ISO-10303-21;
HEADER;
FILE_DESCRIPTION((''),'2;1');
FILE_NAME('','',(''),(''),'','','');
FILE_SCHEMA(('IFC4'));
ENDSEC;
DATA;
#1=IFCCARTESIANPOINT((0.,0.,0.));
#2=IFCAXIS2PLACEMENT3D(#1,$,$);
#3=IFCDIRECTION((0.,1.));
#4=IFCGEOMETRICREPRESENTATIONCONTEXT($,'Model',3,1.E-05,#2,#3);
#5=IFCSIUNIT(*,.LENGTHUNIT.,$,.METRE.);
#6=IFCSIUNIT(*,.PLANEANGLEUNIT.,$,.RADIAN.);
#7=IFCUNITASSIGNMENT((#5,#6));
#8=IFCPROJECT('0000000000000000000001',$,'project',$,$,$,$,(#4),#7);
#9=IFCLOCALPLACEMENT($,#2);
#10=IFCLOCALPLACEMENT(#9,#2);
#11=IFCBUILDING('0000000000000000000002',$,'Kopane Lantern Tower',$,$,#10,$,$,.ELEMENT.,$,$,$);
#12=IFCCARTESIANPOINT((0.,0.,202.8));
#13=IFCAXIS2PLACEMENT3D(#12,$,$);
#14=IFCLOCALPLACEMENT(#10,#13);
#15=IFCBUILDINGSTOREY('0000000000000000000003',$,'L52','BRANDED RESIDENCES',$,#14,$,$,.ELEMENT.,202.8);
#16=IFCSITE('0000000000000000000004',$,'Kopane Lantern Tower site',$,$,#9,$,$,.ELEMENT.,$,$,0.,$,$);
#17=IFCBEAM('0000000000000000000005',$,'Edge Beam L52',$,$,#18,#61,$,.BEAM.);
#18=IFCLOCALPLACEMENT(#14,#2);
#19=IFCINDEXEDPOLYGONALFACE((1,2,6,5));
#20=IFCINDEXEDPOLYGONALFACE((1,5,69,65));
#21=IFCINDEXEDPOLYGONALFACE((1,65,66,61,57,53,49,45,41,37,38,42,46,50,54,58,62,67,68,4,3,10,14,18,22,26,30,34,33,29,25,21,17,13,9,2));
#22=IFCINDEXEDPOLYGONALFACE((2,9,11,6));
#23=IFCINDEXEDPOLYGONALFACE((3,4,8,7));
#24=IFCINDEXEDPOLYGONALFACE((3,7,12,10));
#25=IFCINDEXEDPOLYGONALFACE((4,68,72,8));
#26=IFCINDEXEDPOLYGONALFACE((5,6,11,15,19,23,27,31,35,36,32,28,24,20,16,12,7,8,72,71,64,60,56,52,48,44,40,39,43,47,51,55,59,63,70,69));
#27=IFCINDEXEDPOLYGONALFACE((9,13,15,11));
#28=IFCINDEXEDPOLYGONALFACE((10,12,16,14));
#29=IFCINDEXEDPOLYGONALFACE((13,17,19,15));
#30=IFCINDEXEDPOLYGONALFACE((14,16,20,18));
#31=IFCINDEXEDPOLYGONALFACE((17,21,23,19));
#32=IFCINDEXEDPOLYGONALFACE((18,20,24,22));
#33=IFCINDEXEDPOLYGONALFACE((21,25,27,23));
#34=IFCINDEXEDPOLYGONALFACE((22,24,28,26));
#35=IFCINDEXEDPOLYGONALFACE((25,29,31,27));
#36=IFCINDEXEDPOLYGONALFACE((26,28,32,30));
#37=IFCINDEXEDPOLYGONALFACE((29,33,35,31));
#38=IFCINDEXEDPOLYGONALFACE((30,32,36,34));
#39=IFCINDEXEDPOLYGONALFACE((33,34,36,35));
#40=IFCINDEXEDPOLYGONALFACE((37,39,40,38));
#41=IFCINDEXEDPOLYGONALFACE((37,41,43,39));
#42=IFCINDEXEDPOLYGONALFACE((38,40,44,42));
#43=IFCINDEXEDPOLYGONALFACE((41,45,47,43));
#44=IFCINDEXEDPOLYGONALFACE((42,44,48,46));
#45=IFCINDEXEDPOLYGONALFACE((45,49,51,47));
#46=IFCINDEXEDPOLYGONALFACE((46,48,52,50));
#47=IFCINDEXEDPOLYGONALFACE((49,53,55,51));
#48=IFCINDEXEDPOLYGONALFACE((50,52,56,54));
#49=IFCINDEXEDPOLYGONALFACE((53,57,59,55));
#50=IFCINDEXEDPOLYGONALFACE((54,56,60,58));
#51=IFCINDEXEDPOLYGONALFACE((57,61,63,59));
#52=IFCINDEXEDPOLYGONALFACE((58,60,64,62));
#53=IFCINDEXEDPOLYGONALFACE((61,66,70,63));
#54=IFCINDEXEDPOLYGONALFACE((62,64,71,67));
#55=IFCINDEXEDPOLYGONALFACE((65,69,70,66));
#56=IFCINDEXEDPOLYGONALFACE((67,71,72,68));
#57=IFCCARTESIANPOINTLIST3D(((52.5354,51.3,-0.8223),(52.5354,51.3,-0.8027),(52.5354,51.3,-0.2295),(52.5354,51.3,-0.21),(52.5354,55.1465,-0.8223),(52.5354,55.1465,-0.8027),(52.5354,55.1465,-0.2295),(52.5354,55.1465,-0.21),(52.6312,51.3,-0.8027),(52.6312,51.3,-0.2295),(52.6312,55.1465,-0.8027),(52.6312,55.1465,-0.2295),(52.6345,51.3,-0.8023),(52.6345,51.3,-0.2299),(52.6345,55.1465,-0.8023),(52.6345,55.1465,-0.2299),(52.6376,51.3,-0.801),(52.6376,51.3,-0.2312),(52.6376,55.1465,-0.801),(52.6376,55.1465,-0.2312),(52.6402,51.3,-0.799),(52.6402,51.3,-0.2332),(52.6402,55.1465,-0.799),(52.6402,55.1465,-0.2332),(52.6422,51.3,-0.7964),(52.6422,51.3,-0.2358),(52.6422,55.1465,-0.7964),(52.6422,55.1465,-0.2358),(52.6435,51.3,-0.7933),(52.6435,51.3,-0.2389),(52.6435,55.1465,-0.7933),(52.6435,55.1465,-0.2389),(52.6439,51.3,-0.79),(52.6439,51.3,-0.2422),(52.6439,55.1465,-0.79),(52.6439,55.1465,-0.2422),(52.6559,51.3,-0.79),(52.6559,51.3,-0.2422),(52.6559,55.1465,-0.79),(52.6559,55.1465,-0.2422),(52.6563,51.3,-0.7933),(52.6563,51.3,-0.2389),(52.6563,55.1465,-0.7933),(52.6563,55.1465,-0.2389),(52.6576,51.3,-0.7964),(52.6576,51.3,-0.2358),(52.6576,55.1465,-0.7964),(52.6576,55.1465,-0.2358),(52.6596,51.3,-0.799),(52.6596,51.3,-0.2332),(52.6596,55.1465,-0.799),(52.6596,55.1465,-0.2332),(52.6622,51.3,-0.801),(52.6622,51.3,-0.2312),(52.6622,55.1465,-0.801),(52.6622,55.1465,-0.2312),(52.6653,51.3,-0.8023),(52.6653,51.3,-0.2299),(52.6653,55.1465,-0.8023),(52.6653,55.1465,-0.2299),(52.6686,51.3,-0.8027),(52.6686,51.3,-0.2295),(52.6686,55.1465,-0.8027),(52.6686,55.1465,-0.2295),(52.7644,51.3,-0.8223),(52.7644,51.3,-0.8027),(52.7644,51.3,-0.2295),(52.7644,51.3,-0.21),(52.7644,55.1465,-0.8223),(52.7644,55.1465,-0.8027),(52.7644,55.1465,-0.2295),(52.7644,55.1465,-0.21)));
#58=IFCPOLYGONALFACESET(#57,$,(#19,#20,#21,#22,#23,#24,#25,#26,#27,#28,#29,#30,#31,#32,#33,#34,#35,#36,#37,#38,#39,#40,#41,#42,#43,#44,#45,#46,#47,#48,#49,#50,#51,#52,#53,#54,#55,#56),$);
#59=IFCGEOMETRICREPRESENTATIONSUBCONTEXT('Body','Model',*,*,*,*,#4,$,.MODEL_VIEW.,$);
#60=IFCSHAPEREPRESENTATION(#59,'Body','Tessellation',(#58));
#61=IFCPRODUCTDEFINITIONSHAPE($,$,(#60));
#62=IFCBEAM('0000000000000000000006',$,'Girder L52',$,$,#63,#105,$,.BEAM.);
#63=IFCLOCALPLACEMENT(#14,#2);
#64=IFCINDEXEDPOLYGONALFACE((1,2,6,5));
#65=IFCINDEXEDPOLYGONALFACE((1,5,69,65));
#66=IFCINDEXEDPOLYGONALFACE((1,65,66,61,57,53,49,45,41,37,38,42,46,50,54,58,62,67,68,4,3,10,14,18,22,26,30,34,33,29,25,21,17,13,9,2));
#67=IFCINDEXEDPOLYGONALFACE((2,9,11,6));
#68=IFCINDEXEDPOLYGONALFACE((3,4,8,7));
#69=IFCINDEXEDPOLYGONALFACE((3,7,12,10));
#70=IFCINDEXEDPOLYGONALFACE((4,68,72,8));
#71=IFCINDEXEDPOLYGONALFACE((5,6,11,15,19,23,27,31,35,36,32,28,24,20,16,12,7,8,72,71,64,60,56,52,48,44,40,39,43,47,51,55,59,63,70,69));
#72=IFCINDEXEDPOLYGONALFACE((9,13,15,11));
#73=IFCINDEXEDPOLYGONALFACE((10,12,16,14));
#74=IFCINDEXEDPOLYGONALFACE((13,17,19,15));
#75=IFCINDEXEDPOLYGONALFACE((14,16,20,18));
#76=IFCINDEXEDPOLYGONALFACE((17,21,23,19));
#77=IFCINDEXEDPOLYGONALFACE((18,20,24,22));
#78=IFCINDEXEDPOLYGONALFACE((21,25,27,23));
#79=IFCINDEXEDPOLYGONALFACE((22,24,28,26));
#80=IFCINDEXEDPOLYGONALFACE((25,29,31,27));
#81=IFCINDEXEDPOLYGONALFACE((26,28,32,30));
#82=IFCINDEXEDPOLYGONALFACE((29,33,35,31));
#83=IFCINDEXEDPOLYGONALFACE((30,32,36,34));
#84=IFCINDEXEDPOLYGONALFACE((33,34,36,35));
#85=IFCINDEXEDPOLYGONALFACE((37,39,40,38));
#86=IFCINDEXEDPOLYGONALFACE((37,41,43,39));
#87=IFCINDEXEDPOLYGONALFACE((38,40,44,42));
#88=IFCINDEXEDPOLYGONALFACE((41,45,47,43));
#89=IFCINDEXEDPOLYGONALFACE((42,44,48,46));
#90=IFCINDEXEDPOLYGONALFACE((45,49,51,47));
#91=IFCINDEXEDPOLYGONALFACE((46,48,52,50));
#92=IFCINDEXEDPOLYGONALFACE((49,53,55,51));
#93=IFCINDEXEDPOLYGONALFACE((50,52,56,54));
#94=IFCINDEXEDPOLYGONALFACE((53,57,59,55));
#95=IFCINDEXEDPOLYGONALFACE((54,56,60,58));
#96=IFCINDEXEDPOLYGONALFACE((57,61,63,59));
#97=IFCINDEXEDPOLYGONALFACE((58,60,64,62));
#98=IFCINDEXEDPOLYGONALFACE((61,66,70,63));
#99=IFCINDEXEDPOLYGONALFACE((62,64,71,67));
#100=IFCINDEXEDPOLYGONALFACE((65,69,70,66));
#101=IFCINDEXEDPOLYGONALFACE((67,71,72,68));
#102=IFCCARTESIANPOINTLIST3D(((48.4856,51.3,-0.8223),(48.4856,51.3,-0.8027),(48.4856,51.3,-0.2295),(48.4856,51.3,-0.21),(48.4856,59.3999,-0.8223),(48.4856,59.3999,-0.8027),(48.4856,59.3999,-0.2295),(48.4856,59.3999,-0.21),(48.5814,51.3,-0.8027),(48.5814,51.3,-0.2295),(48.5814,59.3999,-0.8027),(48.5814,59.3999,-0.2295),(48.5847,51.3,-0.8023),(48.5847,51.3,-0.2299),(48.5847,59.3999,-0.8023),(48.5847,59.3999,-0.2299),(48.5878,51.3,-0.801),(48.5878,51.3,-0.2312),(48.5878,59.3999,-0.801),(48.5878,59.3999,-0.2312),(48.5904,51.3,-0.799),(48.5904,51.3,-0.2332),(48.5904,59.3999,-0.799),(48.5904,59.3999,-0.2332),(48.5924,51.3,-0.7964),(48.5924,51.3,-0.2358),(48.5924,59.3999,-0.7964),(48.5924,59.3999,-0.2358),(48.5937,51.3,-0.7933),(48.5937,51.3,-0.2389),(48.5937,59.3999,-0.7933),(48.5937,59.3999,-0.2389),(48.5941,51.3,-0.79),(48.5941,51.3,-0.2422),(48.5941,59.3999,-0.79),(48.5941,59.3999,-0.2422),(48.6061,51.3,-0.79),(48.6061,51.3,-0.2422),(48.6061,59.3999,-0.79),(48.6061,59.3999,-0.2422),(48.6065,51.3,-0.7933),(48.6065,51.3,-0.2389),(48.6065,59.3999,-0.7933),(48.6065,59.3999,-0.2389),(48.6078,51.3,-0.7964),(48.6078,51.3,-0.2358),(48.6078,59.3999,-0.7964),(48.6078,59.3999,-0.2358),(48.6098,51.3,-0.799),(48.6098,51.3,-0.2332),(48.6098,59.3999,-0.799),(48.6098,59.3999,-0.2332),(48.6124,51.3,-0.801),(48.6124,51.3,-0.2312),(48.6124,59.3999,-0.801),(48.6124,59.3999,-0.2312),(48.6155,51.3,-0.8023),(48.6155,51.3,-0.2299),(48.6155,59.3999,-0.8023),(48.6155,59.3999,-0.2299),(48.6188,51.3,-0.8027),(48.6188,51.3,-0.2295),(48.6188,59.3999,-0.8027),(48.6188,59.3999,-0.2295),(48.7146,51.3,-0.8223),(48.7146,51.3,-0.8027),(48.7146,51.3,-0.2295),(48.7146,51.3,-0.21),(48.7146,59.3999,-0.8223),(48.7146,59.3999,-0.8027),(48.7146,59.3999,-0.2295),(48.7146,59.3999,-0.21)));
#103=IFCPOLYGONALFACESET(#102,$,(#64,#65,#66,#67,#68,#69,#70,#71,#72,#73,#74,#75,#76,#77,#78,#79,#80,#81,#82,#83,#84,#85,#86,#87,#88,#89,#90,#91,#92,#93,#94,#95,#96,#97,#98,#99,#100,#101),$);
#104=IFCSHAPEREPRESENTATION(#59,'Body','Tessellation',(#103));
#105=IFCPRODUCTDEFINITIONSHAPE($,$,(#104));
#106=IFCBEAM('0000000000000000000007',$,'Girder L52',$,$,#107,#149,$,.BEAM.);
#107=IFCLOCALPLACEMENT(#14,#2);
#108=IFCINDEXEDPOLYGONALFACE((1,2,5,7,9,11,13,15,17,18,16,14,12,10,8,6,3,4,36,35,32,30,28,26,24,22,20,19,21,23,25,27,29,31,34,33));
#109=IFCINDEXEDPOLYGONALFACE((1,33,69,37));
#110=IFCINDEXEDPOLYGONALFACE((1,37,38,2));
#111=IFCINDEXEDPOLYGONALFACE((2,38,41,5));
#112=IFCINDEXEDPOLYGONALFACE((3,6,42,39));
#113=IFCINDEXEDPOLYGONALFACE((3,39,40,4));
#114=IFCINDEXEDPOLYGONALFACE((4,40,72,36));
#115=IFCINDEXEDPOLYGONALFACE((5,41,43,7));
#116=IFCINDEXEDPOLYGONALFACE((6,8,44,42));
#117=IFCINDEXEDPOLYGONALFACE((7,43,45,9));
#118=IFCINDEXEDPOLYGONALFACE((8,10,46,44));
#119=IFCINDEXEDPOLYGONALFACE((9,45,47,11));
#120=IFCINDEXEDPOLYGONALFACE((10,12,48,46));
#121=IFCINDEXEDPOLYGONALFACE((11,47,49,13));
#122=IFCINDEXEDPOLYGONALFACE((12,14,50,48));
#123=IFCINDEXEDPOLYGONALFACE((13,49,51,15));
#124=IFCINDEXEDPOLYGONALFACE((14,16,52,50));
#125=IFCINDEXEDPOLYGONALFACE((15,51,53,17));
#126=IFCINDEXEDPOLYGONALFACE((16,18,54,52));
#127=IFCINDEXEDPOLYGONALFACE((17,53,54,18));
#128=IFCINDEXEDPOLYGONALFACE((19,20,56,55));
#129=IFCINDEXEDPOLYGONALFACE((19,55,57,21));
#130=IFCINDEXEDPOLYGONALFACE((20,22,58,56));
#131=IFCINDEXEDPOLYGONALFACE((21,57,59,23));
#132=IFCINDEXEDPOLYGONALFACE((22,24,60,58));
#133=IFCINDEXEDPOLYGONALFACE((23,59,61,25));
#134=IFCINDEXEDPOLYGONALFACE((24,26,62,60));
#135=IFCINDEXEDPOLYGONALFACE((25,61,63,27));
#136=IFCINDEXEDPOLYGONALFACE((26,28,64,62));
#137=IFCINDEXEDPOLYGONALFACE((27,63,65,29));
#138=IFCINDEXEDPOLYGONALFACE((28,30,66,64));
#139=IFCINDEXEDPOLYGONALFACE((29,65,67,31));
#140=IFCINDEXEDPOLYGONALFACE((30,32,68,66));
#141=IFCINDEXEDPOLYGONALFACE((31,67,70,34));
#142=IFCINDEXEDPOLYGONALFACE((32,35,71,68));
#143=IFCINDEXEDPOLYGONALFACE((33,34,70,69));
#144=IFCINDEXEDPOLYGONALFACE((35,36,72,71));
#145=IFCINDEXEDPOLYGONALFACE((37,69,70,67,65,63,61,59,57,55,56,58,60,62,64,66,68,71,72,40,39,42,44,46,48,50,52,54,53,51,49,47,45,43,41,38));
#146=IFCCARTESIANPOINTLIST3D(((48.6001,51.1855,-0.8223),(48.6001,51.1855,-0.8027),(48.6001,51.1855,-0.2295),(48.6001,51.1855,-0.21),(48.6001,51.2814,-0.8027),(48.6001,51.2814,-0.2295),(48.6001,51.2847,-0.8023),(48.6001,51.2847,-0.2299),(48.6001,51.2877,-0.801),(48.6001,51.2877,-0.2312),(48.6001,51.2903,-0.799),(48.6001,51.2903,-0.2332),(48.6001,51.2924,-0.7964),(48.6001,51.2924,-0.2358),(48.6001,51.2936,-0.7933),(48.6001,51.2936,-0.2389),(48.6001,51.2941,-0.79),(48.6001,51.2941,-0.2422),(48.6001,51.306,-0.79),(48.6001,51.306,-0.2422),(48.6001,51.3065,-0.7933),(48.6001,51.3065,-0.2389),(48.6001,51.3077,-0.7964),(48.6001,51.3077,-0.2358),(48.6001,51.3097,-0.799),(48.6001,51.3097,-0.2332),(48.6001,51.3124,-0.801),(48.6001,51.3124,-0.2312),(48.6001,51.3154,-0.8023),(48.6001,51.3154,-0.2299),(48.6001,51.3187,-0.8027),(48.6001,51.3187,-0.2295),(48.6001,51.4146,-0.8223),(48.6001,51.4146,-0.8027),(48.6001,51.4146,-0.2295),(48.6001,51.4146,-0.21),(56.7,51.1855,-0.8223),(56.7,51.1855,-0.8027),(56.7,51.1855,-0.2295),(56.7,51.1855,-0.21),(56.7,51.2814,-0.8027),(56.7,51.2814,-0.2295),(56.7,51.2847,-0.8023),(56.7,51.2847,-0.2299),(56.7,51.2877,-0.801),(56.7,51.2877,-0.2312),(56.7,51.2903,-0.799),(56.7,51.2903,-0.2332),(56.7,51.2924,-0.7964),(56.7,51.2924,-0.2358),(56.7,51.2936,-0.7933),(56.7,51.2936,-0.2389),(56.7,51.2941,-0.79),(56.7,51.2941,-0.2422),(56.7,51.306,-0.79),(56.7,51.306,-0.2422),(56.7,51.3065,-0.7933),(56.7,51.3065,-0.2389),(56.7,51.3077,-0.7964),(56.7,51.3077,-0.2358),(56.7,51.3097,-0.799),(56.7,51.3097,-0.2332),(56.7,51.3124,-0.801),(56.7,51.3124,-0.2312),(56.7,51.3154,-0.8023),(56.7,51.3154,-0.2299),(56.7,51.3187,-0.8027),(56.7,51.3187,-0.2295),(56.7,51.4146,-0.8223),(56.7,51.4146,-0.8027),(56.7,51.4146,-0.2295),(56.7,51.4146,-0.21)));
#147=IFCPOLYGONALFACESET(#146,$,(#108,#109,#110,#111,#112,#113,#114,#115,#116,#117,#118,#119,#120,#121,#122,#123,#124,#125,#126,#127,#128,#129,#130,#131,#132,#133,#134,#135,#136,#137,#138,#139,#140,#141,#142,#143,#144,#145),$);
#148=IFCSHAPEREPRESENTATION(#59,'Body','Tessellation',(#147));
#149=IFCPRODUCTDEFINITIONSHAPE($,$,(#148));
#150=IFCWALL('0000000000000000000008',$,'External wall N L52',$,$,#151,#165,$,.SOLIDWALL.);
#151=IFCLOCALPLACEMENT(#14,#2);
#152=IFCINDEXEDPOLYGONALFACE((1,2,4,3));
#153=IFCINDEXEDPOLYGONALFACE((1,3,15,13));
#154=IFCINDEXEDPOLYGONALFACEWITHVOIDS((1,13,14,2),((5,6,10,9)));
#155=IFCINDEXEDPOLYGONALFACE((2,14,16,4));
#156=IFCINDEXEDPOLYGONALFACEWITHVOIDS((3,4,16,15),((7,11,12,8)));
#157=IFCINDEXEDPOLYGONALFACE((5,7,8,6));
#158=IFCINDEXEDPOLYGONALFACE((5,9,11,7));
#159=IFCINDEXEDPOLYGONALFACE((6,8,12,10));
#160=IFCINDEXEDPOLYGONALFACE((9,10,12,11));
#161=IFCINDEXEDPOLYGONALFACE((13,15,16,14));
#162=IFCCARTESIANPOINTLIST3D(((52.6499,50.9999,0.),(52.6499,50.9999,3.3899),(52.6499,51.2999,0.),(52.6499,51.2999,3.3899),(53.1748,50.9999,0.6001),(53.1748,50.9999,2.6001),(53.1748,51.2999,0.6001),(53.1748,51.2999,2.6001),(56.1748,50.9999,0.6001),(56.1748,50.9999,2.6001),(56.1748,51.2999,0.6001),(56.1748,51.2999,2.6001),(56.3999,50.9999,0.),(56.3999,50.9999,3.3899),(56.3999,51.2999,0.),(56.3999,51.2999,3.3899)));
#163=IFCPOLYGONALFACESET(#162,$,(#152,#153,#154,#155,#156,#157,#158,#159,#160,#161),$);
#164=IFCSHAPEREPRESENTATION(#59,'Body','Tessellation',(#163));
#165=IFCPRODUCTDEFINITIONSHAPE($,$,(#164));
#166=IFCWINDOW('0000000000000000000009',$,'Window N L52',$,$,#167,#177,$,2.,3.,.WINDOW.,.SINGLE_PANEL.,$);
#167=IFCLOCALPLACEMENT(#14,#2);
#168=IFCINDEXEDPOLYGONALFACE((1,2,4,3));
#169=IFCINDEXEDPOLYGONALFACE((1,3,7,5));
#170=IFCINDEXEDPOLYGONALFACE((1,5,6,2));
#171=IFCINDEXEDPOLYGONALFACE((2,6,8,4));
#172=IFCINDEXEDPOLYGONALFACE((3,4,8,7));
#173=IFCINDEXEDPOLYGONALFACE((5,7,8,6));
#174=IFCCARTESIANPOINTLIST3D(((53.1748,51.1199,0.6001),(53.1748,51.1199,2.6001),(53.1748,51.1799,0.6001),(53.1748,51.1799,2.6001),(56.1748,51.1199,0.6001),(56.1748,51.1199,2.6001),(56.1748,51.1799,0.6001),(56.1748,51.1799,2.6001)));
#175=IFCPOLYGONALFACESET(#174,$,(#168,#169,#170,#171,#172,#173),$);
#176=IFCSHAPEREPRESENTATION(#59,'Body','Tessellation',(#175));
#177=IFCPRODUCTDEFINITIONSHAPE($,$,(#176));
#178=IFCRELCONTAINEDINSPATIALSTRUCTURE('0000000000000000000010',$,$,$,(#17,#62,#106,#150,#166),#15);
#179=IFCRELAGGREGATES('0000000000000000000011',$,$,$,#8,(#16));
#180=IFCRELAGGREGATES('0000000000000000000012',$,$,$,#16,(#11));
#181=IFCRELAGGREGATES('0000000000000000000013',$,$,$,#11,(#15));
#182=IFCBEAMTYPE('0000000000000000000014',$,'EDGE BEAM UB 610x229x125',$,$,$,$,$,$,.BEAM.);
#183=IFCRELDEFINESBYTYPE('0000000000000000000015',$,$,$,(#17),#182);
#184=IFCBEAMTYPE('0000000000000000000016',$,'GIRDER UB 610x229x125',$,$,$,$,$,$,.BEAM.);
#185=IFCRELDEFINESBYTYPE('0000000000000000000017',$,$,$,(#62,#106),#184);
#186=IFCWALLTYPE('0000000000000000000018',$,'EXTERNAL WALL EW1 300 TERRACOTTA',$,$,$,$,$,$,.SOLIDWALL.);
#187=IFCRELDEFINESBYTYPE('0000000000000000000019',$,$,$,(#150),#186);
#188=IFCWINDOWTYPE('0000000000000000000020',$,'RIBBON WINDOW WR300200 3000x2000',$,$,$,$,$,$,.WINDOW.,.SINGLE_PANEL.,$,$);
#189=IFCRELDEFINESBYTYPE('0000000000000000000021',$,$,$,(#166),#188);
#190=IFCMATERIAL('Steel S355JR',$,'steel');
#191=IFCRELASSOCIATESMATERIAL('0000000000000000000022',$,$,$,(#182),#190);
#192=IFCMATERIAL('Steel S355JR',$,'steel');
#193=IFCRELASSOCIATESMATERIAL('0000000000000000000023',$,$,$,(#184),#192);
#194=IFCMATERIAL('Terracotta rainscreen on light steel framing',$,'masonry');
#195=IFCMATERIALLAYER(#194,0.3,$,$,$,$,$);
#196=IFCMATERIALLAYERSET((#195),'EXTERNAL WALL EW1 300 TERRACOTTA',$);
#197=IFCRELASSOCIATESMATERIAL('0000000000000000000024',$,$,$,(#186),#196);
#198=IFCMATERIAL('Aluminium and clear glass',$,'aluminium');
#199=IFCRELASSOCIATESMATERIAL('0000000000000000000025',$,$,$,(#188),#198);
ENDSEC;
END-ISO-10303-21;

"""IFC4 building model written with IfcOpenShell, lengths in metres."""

from ifc_helpers import new_model, si_unit, direction, frame, frame_2d, origin, origin_2d, place, context, subcontext, project, spatial, rectangle, i_section, extrude, material, layer, layer_set, material_profile, profile_set, type_object, element, fill, save


model = new_model("IFC4")

# Units and contexts
model_context = context("Model", 3, precision=1e-05, world=origin(), true_north=direction((0.0, 1.0)))
body_context = subcontext(model_context, "Body", "Model", "MODEL_VIEW")
ifc_project = project(units=[si_unit("LENGTHUNIT", "METRE"), si_unit("PLANEANGLEUNIT", "RADIAN")], contexts=[model_context])

# Site, building, storey
site_placement = place(None, origin())
site = spatial("IfcSite", under=ifc_project, at=site_placement, Name="Kopane Lantern Tower site", CompositionType="ELEMENT", RefElevation=0.0)
building_placement = place(site_placement, origin())
building = spatial("IfcBuilding", under=site, at=building_placement, Name="Kopane Lantern Tower", CompositionType="ELEMENT")
storey_placement = place(building_placement, frame((0.0, 0.0, 202.8)))
storey = spatial("IfcBuildingStorey", under=building, at=storey_placement, Name="L52", Description="BRANDED RESIDENCES", CompositionType="ELEMENT", Elevation=202.8)

# Beams
ifc_material_1 = material(Name="Steel S355JR", Category="steel")
ifc_material_profile_1 = material_profile(ifc_material_1, i_section(OverallWidth=0.229, OverallDepth=0.6123, WebThickness=0.012, FlangeThickness=0.0195, FilletRadius=0.0127, at=origin_2d()), Name="UB 610x229x125")
ifc_profile_set_1 = profile_set([ifc_material_profile_1], Name="Steel S355JR")
beam_type_1 = type_object("IfcBeamType", Name="EDGE BEAM UB 610x229x125", PredefinedType="BEAM", material=ifc_profile_set_1)
for number, where, z_axis, x_axis, name in (
    (1, (52.6499, 55.1465, -0.5161), (0.0, -1.0, 0.0), (1.0, 0.0, 0.0), "Edge Beam L52"),
):
    element("IfcBeam", number, at=place(storey_placement, frame(where, z_axis=z_axis, x_axis=x_axis)), inside=storey, type_object=beam_type_1, Name=name, PredefinedType="BEAM", context=body_context, shape_type="SweptSolid", body=[
        extrude(i_section(OverallWidth=0.229, OverallDepth=0.6123, WebThickness=0.012, FlangeThickness=0.0195, FilletRadius=0.0127, at=origin_2d()), origin(), (0.0, 0.0, 1.0), 3.8464),
    ])
ifc_material_2 = material(Name="Steel S355JR", Category="steel")
ifc_material_profile_2 = material_profile(ifc_material_2, i_section(OverallWidth=0.229, OverallDepth=0.6123, WebThickness=0.012, FlangeThickness=0.0195, FilletRadius=0.0127, at=origin_2d()), Name="UB 610x229x125")
ifc_profile_set_2 = profile_set([ifc_material_profile_2], Name="Steel S355JR")
beam_type_2 = type_object("IfcBeamType", Name="GIRDER UB 610x229x125", PredefinedType="BEAM", material=ifc_profile_set_2)
for number, where, z_axis, x_axis, name in (
    (2, (48.6001, 51.3, -0.5161), (0.0, 1.0, 0.0), (-1.0, 0.0, 0.0), "Girder L52"),
    (3, (48.6001, 51.3, -0.5161), (1.0, 0.0, 0.0), (0.0, 1.0, 0.0), "Girder L52"),
):
    element("IfcBeam", number, at=place(storey_placement, frame(where, z_axis=z_axis, x_axis=x_axis)), inside=storey, type_object=beam_type_2, Name=name, PredefinedType="BEAM", context=body_context, shape_type="SweptSolid", body=[
        extrude(i_section(OverallWidth=0.229, OverallDepth=0.6123, WebThickness=0.012, FlangeThickness=0.0195, FilletRadius=0.0127, at=origin_2d()), origin(), (0.0, 0.0, 1.0), 8.0999),
    ])

# Wall, opening, window
ifc_material_3 = material(Name="Terracotta rainscreen on light steel framing", Category="masonry")
ifc_layer = layer(ifc_material_3, 0.3)
ifc_layer_set = layer_set([ifc_layer], Name="EXTERNAL WALL EW1 300 TERRACOTTA")
wall_type = type_object("IfcWallType", Name="EXTERNAL WALL EW1 300 TERRACOTTA", PredefinedType="SOLIDWALL", material=ifc_layer_set)
wall_1_placement = place(storey_placement, frame((56.3999, 51.1499, 0.0), z_axis=(0.0, 0.0, 1.0), x_axis=(-1.0, 0.0, 0.0)))
wall_1 = element("IfcWall", 4, at=wall_1_placement, inside=storey, type_object=wall_type, Name="External wall N L52", PredefinedType="SOLIDWALL", context=body_context, shape_type="SweptSolid", body=[
    extrude(rectangle(XDim=3.75, YDim=0.3, at=frame_2d((1.875, 0.0))), origin(), (0.0, 0.0, 1.0), 3.3899),
])
opening_1_placement = place(wall_1_placement, frame((0.2251, 0.0, 0.6001)))
opening_1 = element("IfcOpeningElement", 5, at=opening_1_placement, cuts=wall_1, PredefinedType="OPENING", context=body_context, shape_type="SweptSolid", body=[
    extrude(rectangle(XDim=3.0, YDim=2.0, at=frame_2d((1.5, 1.0))), frame((0.0, 0.1599, 0.0), z_axis=(0.0, -1.0, 0.0), x_axis=(1.0, 0.0, 0.0)), (0.0, 0.0, 1.0), 0.3201),
])
ifc_material_4 = material(Name="Aluminium and clear glass", Category="aluminium")
window_type = type_object("IfcWindowType", Name="RIBBON WINDOW WR300200 3000x2000", PartitioningType="SINGLE_PANEL", PredefinedType="WINDOW", material=ifc_material_4)
window_1_placement = place(opening_1_placement, origin())
window_1 = element("IfcWindow", 6, at=window_1_placement, inside=storey, type_object=window_type, Name="Window N L52", OverallHeight=2.0, OverallWidth=3.0, PartitioningType="SINGLE_PANEL", PredefinedType="WINDOW", context=body_context, shape_type="SweptSolid", body=[
    extrude(rectangle(XDim=3.0, YDim=2.0, at=frame_2d((1.5, 1.0))), frame((0.0, 0.03, 0.0), z_axis=(0.0, -1.0, 0.0), x_axis=(1.0, 0.0, 0.0)), (0.0, 0.0, 1.0), 0.0601),
])
fill(opening_1, window_1)

save(model, "model.ifc")
